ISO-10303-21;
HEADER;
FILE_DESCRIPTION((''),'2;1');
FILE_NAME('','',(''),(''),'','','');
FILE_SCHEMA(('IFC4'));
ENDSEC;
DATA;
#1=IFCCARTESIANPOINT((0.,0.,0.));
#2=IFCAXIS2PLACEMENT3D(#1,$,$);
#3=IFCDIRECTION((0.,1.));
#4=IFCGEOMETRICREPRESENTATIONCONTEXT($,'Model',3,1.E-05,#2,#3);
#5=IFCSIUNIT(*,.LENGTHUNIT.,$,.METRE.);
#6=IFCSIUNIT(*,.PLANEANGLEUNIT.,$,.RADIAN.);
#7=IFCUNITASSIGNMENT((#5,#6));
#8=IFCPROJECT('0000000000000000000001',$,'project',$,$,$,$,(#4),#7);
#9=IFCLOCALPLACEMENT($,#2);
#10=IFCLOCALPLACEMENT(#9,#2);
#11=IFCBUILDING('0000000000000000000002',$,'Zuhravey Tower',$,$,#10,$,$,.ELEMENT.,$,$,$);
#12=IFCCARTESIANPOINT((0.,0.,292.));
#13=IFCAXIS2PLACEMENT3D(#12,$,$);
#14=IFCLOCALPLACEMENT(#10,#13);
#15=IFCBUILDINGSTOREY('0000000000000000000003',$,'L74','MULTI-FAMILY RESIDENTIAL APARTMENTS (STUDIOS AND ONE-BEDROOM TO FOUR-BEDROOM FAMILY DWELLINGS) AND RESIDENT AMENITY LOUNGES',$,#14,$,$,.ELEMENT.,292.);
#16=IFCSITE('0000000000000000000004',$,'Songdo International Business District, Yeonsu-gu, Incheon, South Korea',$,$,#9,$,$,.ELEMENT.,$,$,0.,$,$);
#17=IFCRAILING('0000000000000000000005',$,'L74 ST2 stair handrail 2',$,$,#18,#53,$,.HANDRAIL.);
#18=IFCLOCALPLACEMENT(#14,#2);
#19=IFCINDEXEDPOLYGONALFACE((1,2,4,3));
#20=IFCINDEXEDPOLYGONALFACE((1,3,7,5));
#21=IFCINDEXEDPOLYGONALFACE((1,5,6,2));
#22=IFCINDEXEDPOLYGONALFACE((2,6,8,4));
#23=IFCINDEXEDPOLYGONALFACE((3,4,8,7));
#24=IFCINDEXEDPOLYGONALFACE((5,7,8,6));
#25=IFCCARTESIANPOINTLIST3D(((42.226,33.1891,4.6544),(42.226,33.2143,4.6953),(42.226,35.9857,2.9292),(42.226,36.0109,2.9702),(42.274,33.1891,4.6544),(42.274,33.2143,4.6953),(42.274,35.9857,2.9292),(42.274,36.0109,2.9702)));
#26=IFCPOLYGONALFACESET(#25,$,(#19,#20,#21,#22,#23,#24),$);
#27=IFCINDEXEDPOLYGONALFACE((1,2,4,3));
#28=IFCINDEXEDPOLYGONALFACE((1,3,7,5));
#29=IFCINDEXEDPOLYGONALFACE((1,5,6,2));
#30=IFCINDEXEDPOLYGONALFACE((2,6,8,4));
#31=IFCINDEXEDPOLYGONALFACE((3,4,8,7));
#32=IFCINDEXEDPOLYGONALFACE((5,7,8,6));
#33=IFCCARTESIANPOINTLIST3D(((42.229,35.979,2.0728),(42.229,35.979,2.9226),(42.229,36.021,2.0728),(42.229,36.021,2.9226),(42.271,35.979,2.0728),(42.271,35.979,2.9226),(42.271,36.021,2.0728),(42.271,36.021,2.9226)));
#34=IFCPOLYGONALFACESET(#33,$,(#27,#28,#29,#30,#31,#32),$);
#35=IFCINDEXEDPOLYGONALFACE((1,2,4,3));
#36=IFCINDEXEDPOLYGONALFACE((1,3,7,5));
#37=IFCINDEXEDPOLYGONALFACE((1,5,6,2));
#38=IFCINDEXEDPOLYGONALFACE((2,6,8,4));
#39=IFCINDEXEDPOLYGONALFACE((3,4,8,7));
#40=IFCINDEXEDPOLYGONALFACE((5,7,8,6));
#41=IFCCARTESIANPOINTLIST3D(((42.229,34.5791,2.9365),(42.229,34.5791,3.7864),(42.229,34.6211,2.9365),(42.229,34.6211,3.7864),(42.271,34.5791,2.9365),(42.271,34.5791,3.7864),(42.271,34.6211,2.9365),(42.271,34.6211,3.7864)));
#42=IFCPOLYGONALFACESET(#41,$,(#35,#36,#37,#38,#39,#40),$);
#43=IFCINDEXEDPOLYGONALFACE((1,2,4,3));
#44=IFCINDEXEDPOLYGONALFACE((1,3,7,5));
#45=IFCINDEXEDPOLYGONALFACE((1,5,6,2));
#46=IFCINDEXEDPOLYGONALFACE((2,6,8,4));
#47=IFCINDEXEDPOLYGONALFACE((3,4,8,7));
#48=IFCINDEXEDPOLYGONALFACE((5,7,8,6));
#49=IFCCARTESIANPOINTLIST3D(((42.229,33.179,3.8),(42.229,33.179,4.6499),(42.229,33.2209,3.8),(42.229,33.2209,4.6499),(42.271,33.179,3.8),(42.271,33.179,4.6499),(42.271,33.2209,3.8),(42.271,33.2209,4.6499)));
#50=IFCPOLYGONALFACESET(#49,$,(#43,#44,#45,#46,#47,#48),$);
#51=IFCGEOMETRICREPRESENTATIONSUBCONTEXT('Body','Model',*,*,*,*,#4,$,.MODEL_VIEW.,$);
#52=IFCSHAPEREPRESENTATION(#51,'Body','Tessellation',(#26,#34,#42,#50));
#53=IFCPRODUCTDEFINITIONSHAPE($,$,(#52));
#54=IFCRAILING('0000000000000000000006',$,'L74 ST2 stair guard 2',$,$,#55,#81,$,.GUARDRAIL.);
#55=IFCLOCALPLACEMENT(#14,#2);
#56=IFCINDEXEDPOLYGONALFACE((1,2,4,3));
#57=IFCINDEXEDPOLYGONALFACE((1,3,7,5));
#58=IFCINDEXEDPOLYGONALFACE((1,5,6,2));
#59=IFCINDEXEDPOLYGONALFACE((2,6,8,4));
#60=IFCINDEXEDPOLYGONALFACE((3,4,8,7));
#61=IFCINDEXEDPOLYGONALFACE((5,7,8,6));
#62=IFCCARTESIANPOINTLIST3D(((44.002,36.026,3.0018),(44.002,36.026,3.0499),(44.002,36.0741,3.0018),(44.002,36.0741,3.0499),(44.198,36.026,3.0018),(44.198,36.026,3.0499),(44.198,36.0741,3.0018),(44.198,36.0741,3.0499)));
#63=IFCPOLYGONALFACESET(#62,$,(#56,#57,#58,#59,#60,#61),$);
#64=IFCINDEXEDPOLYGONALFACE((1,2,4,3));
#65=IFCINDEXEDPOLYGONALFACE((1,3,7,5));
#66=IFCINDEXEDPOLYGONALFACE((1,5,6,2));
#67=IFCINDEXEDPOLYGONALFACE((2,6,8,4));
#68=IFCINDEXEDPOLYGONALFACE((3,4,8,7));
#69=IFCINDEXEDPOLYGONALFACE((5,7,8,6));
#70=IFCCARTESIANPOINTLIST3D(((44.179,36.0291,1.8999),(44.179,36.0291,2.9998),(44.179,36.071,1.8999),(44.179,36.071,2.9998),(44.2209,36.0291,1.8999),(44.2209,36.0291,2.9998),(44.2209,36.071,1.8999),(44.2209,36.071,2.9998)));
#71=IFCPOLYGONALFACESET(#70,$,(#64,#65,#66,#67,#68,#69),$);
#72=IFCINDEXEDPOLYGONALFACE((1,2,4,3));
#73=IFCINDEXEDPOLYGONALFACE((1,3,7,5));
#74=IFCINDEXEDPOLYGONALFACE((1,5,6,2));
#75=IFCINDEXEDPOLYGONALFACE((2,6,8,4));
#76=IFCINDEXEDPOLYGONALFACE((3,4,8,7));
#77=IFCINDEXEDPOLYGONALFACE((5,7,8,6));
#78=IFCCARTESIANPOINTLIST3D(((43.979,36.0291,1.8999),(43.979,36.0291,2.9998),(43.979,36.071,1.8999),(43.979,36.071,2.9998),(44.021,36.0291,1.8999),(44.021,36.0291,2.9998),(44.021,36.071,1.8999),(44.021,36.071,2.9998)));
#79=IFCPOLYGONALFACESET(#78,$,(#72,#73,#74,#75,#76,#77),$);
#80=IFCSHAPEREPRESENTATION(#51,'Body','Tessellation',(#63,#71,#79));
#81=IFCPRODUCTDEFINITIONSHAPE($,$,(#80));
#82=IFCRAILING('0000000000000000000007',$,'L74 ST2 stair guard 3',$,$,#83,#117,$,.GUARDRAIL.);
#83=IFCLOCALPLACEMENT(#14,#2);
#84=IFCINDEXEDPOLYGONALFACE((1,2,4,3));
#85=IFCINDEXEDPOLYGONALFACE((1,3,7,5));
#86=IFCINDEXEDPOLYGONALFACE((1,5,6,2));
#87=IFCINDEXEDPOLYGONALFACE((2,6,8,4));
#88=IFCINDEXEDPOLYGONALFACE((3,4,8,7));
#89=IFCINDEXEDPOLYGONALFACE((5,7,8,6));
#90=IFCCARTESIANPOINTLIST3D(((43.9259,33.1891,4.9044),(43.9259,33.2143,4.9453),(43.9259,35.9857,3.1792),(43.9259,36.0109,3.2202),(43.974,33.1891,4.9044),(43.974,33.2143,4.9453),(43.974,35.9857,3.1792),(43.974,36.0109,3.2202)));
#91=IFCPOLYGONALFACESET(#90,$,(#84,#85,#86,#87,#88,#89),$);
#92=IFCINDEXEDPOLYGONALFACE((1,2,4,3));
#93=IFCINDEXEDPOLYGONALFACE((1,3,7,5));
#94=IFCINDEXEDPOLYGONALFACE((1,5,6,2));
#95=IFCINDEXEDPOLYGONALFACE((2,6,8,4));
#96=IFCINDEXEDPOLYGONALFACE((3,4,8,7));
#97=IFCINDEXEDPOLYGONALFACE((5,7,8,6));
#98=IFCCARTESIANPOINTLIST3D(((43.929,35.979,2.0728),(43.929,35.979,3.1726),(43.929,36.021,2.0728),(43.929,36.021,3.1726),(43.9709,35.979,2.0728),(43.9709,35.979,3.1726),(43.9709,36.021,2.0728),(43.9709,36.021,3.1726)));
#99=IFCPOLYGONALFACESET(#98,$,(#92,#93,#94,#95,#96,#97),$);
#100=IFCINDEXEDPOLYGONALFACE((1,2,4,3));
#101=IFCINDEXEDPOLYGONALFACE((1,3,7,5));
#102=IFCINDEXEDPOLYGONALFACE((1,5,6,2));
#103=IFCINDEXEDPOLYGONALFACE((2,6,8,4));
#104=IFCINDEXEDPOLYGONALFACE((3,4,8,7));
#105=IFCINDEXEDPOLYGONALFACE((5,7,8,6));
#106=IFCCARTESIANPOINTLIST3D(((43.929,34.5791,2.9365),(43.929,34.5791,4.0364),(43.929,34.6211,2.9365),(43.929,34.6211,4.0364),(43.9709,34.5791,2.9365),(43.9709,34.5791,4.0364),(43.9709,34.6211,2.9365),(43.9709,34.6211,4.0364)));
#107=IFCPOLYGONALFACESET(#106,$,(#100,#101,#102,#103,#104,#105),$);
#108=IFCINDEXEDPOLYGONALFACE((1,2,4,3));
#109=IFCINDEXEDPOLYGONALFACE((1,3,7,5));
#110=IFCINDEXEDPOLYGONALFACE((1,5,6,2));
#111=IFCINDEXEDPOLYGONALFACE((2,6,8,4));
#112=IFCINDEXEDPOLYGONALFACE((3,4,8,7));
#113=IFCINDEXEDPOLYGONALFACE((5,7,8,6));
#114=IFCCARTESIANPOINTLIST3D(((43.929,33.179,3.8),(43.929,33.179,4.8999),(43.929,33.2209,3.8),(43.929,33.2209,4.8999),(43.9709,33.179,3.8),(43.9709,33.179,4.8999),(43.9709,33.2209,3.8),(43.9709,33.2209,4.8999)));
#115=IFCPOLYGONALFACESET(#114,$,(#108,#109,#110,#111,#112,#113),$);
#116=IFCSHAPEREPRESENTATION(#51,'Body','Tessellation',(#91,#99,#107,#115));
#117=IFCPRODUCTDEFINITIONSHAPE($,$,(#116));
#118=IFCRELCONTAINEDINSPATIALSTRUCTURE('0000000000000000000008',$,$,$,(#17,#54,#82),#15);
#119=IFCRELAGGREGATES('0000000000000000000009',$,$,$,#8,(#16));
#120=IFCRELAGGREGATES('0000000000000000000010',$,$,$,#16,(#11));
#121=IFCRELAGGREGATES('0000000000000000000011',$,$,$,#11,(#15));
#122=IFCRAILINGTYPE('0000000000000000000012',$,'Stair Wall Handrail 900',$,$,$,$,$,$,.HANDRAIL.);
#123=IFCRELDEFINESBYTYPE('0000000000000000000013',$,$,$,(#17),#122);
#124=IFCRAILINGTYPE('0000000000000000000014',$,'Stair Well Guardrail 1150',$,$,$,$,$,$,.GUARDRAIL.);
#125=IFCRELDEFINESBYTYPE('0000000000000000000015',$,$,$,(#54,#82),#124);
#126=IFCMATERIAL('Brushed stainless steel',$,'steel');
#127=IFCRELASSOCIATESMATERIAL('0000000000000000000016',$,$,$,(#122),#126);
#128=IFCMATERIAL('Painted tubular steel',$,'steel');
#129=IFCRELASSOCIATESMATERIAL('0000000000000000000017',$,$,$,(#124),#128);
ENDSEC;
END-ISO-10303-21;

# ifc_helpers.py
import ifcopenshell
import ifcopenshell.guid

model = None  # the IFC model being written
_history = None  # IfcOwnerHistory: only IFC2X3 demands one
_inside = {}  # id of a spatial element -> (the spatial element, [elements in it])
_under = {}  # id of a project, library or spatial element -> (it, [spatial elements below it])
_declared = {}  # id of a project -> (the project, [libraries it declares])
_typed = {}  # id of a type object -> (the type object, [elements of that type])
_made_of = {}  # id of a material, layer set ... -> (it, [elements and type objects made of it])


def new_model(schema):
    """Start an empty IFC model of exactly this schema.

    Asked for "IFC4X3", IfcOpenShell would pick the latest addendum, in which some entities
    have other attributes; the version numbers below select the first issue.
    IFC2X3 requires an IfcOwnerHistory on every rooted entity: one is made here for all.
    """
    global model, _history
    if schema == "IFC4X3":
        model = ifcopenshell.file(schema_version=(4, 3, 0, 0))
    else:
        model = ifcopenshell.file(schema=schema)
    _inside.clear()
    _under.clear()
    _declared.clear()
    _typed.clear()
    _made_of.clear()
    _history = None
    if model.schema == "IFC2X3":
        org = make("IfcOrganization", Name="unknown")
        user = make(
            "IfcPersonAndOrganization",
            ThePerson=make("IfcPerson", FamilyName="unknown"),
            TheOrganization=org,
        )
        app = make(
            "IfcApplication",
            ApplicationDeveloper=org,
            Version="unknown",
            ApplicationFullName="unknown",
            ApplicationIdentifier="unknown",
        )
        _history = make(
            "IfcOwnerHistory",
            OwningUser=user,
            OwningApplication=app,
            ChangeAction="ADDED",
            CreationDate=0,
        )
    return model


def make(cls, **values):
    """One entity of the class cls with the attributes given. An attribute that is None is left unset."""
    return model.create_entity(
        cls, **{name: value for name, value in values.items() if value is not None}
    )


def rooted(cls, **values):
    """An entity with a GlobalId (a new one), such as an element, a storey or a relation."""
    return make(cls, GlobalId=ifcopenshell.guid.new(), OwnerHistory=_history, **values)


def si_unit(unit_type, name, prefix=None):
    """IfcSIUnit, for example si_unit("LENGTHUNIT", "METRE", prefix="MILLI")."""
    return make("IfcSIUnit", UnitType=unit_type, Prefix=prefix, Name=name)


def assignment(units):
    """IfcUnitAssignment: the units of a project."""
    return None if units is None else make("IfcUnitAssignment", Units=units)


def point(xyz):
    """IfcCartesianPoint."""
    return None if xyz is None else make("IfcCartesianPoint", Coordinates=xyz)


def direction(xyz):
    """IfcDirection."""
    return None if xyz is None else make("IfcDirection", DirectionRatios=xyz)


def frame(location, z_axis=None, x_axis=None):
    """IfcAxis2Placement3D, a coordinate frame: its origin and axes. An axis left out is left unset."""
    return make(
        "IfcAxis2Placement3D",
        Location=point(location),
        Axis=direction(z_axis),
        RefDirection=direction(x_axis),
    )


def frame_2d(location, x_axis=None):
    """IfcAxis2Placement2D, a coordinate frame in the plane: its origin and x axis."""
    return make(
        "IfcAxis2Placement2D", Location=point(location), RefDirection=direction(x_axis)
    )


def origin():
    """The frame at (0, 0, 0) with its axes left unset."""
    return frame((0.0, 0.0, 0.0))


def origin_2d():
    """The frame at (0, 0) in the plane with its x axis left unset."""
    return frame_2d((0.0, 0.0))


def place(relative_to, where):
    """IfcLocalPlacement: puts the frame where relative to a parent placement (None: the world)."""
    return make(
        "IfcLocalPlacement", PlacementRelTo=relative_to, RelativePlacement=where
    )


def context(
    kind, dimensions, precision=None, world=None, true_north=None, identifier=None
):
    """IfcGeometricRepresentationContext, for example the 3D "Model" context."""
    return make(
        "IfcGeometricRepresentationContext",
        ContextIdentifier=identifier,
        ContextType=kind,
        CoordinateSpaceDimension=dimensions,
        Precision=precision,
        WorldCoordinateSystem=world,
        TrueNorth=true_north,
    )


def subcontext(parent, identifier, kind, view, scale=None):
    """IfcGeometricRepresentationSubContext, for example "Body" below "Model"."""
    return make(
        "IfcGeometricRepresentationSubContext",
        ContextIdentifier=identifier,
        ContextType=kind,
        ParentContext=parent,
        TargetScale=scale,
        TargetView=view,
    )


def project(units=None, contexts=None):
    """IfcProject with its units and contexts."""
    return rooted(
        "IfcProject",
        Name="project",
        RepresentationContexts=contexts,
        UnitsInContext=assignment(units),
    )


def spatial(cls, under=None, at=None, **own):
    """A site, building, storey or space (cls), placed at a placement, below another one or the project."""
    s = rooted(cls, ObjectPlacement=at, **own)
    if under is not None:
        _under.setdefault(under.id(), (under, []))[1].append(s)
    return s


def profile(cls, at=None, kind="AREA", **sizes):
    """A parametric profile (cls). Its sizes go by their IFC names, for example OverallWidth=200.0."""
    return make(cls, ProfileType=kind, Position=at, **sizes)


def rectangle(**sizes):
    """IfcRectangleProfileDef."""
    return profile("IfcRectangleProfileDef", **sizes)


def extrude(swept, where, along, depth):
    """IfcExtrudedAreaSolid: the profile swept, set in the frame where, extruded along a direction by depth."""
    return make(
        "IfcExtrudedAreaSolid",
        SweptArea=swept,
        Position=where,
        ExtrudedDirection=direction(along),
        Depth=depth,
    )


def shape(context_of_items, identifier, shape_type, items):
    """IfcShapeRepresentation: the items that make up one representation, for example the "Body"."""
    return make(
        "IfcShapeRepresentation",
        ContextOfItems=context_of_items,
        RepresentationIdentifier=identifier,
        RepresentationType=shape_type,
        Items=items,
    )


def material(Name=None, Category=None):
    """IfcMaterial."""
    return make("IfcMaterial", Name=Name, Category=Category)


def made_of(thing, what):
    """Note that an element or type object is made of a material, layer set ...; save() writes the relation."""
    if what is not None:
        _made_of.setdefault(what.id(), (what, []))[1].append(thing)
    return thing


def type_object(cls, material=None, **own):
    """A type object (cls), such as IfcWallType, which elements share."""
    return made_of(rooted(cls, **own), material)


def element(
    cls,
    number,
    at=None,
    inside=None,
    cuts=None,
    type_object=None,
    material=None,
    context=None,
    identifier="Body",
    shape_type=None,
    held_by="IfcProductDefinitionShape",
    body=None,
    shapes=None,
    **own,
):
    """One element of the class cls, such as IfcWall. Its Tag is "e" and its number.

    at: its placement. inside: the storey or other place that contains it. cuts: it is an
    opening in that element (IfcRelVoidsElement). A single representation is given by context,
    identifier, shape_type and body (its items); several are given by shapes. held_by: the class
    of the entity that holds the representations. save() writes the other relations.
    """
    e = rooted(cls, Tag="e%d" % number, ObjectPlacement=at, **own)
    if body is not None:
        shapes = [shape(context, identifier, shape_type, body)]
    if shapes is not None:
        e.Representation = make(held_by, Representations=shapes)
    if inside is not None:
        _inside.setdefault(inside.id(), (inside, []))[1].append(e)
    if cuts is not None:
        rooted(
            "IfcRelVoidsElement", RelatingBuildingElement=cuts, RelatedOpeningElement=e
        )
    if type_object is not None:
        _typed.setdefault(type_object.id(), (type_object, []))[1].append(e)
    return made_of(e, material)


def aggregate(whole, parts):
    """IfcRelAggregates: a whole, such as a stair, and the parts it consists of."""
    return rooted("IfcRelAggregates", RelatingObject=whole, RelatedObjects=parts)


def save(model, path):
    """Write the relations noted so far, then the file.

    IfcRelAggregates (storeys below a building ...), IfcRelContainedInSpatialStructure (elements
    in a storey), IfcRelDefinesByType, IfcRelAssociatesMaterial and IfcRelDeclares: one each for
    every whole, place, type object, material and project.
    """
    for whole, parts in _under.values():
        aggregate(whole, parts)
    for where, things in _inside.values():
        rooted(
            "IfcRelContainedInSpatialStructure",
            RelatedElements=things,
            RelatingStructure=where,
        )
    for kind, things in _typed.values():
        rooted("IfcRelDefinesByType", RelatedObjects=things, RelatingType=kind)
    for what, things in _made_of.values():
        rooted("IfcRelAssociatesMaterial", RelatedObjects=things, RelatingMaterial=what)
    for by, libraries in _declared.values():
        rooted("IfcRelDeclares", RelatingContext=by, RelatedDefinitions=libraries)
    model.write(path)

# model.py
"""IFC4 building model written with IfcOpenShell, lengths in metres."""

from ifc_helpers import new_model, si_unit, direction, frame, origin, origin_2d, place, context, subcontext, project, spatial, rectangle, extrude, material, type_object, element, save


model = new_model("IFC4")

# Units and contexts
model_context = context("Model", 3, precision=1e-05, world=origin(), true_north=direction((0.0, 1.0)))
body_context = subcontext(model_context, "Body", "Model", "MODEL_VIEW")
ifc_project = project(units=[si_unit("LENGTHUNIT", "METRE"), si_unit("PLANEANGLEUNIT", "RADIAN")], contexts=[model_context])

# Site, building, storey
site_placement = place(None, origin())
site = spatial("IfcSite", under=ifc_project, at=site_placement, Name="Songdo International Business District, Yeonsu-gu, Incheon, South Korea", CompositionType="ELEMENT", RefElevation=0.0)
building_placement = place(site_placement, origin())
building = spatial("IfcBuilding", under=site, at=building_placement, Name="Zuhravey Tower", CompositionType="ELEMENT")
storey_placement = place(building_placement, frame((0.0, 0.0, 292.0)))
storey = spatial("IfcBuildingStorey", under=building, at=storey_placement, Name="L74", Description="MULTI-FAMILY RESIDENTIAL APARTMENTS (STUDIOS AND ONE-BEDROOM TO FOUR-BEDROOM FAMILY DWELLINGS) AND RESIDENT AMENITY LOUNGES", CompositionType="ELEMENT", Elevation=292.0)

# Railings
ifc_material_1 = material(Name="Brushed stainless steel", Category="steel")
railing_type_1 = type_object("IfcRailingType", Name="Stair Wall Handrail 900", PredefinedType="HANDRAIL", material=ifc_material_1)
railing_1_placement = place(storey_placement, frame((42.25, 36.0, 2.0728)))
element("IfcRailing", 1, at=railing_1_placement, inside=storey, type_object=railing_type_1, Name="L74 ST2 stair handrail 2", PredefinedType="HANDRAIL", context=body_context, shape_type="SweptSolid", body=[
    extrude(rectangle(XDim=0.0481, YDim=0.0481, at=origin_2d()), frame((0.0, -0.0017, 0.877), z_axis=(0.0, -0.85109, 0.52502), x_axis=(1.0, 0.0, 0.0)), (0.0, 0.0, 1.0), 3.2859),
    extrude(rectangle(XDim=0.042, YDim=0.042, at=origin_2d()), origin(), (0.0, 0.0, 1.0), 0.8499),
    extrude(rectangle(XDim=0.042, YDim=0.042, at=origin_2d()), frame((0.0, -1.3999, 0.8638)), (0.0, 0.0, 1.0), 0.8499),
    extrude(rectangle(XDim=0.042, YDim=0.042, at=origin_2d()), frame((0.0, -2.8, 1.7273)), (0.0, 0.0, 1.0), 0.8499),
])
ifc_material_2 = material(Name="Painted tubular steel", Category="steel")
railing_type_2 = type_object("IfcRailingType", Name="Stair Well Guardrail 1150", PredefinedType="GUARDRAIL", material=ifc_material_2)
railing_2_placement = place(storey_placement, frame((44.2, 36.05, 1.8999)))
element("IfcRailing", 2, at=railing_2_placement, inside=storey, type_object=railing_type_2, Name="L74 ST2 stair guard 2", PredefinedType="GUARDRAIL", context=body_context, shape_type="SweptSolid", body=[
    extrude(rectangle(XDim=0.0481, YDim=0.0481, at=origin_2d()), frame((-0.002, 0.0, 1.126), z_axis=(-1.0, 0.0, 0.0), x_axis=(0.0, -1.0, 0.0)), (0.0, 0.0, 1.0), 0.196),
    extrude(rectangle(XDim=0.042, YDim=0.042, at=origin_2d()), origin(), (0.0, 0.0, 1.0), 1.0999),
    extrude(rectangle(XDim=0.042, YDim=0.042, at=origin_2d()), frame((-0.2, 0.0, 0.0)), (0.0, 0.0, 1.0), 1.0999),
])
railing_3_placement = place(storey_placement, frame((43.95, 36.0, 2.0728)))
element("IfcRailing", 3, at=railing_3_placement, inside=storey, type_object=railing_type_2, Name="L74 ST2 stair guard 3", PredefinedType="GUARDRAIL", context=body_context, shape_type="SweptSolid", body=[
    extrude(rectangle(XDim=0.0481, YDim=0.0481, at=origin_2d()), frame((0.0, -0.0017, 1.127), z_axis=(0.0, -0.85109, 0.52502), x_axis=(1.0, 0.0, 0.0)), (0.0, 0.0, 1.0), 3.2859),
    extrude(rectangle(XDim=0.042, YDim=0.042, at=origin_2d()), origin(), (0.0, 0.0, 1.0), 1.0999),
    extrude(rectangle(XDim=0.042, YDim=0.042, at=origin_2d()), frame((0.0, -1.3999, 0.8638)), (0.0, 0.0, 1.0), 1.0999),
    extrude(rectangle(XDim=0.042, YDim=0.042, at=origin_2d()), frame((0.0, -2.8, 1.7273)), (0.0, 0.0, 1.0), 1.0999),
])

save(model, "model.ifc")
